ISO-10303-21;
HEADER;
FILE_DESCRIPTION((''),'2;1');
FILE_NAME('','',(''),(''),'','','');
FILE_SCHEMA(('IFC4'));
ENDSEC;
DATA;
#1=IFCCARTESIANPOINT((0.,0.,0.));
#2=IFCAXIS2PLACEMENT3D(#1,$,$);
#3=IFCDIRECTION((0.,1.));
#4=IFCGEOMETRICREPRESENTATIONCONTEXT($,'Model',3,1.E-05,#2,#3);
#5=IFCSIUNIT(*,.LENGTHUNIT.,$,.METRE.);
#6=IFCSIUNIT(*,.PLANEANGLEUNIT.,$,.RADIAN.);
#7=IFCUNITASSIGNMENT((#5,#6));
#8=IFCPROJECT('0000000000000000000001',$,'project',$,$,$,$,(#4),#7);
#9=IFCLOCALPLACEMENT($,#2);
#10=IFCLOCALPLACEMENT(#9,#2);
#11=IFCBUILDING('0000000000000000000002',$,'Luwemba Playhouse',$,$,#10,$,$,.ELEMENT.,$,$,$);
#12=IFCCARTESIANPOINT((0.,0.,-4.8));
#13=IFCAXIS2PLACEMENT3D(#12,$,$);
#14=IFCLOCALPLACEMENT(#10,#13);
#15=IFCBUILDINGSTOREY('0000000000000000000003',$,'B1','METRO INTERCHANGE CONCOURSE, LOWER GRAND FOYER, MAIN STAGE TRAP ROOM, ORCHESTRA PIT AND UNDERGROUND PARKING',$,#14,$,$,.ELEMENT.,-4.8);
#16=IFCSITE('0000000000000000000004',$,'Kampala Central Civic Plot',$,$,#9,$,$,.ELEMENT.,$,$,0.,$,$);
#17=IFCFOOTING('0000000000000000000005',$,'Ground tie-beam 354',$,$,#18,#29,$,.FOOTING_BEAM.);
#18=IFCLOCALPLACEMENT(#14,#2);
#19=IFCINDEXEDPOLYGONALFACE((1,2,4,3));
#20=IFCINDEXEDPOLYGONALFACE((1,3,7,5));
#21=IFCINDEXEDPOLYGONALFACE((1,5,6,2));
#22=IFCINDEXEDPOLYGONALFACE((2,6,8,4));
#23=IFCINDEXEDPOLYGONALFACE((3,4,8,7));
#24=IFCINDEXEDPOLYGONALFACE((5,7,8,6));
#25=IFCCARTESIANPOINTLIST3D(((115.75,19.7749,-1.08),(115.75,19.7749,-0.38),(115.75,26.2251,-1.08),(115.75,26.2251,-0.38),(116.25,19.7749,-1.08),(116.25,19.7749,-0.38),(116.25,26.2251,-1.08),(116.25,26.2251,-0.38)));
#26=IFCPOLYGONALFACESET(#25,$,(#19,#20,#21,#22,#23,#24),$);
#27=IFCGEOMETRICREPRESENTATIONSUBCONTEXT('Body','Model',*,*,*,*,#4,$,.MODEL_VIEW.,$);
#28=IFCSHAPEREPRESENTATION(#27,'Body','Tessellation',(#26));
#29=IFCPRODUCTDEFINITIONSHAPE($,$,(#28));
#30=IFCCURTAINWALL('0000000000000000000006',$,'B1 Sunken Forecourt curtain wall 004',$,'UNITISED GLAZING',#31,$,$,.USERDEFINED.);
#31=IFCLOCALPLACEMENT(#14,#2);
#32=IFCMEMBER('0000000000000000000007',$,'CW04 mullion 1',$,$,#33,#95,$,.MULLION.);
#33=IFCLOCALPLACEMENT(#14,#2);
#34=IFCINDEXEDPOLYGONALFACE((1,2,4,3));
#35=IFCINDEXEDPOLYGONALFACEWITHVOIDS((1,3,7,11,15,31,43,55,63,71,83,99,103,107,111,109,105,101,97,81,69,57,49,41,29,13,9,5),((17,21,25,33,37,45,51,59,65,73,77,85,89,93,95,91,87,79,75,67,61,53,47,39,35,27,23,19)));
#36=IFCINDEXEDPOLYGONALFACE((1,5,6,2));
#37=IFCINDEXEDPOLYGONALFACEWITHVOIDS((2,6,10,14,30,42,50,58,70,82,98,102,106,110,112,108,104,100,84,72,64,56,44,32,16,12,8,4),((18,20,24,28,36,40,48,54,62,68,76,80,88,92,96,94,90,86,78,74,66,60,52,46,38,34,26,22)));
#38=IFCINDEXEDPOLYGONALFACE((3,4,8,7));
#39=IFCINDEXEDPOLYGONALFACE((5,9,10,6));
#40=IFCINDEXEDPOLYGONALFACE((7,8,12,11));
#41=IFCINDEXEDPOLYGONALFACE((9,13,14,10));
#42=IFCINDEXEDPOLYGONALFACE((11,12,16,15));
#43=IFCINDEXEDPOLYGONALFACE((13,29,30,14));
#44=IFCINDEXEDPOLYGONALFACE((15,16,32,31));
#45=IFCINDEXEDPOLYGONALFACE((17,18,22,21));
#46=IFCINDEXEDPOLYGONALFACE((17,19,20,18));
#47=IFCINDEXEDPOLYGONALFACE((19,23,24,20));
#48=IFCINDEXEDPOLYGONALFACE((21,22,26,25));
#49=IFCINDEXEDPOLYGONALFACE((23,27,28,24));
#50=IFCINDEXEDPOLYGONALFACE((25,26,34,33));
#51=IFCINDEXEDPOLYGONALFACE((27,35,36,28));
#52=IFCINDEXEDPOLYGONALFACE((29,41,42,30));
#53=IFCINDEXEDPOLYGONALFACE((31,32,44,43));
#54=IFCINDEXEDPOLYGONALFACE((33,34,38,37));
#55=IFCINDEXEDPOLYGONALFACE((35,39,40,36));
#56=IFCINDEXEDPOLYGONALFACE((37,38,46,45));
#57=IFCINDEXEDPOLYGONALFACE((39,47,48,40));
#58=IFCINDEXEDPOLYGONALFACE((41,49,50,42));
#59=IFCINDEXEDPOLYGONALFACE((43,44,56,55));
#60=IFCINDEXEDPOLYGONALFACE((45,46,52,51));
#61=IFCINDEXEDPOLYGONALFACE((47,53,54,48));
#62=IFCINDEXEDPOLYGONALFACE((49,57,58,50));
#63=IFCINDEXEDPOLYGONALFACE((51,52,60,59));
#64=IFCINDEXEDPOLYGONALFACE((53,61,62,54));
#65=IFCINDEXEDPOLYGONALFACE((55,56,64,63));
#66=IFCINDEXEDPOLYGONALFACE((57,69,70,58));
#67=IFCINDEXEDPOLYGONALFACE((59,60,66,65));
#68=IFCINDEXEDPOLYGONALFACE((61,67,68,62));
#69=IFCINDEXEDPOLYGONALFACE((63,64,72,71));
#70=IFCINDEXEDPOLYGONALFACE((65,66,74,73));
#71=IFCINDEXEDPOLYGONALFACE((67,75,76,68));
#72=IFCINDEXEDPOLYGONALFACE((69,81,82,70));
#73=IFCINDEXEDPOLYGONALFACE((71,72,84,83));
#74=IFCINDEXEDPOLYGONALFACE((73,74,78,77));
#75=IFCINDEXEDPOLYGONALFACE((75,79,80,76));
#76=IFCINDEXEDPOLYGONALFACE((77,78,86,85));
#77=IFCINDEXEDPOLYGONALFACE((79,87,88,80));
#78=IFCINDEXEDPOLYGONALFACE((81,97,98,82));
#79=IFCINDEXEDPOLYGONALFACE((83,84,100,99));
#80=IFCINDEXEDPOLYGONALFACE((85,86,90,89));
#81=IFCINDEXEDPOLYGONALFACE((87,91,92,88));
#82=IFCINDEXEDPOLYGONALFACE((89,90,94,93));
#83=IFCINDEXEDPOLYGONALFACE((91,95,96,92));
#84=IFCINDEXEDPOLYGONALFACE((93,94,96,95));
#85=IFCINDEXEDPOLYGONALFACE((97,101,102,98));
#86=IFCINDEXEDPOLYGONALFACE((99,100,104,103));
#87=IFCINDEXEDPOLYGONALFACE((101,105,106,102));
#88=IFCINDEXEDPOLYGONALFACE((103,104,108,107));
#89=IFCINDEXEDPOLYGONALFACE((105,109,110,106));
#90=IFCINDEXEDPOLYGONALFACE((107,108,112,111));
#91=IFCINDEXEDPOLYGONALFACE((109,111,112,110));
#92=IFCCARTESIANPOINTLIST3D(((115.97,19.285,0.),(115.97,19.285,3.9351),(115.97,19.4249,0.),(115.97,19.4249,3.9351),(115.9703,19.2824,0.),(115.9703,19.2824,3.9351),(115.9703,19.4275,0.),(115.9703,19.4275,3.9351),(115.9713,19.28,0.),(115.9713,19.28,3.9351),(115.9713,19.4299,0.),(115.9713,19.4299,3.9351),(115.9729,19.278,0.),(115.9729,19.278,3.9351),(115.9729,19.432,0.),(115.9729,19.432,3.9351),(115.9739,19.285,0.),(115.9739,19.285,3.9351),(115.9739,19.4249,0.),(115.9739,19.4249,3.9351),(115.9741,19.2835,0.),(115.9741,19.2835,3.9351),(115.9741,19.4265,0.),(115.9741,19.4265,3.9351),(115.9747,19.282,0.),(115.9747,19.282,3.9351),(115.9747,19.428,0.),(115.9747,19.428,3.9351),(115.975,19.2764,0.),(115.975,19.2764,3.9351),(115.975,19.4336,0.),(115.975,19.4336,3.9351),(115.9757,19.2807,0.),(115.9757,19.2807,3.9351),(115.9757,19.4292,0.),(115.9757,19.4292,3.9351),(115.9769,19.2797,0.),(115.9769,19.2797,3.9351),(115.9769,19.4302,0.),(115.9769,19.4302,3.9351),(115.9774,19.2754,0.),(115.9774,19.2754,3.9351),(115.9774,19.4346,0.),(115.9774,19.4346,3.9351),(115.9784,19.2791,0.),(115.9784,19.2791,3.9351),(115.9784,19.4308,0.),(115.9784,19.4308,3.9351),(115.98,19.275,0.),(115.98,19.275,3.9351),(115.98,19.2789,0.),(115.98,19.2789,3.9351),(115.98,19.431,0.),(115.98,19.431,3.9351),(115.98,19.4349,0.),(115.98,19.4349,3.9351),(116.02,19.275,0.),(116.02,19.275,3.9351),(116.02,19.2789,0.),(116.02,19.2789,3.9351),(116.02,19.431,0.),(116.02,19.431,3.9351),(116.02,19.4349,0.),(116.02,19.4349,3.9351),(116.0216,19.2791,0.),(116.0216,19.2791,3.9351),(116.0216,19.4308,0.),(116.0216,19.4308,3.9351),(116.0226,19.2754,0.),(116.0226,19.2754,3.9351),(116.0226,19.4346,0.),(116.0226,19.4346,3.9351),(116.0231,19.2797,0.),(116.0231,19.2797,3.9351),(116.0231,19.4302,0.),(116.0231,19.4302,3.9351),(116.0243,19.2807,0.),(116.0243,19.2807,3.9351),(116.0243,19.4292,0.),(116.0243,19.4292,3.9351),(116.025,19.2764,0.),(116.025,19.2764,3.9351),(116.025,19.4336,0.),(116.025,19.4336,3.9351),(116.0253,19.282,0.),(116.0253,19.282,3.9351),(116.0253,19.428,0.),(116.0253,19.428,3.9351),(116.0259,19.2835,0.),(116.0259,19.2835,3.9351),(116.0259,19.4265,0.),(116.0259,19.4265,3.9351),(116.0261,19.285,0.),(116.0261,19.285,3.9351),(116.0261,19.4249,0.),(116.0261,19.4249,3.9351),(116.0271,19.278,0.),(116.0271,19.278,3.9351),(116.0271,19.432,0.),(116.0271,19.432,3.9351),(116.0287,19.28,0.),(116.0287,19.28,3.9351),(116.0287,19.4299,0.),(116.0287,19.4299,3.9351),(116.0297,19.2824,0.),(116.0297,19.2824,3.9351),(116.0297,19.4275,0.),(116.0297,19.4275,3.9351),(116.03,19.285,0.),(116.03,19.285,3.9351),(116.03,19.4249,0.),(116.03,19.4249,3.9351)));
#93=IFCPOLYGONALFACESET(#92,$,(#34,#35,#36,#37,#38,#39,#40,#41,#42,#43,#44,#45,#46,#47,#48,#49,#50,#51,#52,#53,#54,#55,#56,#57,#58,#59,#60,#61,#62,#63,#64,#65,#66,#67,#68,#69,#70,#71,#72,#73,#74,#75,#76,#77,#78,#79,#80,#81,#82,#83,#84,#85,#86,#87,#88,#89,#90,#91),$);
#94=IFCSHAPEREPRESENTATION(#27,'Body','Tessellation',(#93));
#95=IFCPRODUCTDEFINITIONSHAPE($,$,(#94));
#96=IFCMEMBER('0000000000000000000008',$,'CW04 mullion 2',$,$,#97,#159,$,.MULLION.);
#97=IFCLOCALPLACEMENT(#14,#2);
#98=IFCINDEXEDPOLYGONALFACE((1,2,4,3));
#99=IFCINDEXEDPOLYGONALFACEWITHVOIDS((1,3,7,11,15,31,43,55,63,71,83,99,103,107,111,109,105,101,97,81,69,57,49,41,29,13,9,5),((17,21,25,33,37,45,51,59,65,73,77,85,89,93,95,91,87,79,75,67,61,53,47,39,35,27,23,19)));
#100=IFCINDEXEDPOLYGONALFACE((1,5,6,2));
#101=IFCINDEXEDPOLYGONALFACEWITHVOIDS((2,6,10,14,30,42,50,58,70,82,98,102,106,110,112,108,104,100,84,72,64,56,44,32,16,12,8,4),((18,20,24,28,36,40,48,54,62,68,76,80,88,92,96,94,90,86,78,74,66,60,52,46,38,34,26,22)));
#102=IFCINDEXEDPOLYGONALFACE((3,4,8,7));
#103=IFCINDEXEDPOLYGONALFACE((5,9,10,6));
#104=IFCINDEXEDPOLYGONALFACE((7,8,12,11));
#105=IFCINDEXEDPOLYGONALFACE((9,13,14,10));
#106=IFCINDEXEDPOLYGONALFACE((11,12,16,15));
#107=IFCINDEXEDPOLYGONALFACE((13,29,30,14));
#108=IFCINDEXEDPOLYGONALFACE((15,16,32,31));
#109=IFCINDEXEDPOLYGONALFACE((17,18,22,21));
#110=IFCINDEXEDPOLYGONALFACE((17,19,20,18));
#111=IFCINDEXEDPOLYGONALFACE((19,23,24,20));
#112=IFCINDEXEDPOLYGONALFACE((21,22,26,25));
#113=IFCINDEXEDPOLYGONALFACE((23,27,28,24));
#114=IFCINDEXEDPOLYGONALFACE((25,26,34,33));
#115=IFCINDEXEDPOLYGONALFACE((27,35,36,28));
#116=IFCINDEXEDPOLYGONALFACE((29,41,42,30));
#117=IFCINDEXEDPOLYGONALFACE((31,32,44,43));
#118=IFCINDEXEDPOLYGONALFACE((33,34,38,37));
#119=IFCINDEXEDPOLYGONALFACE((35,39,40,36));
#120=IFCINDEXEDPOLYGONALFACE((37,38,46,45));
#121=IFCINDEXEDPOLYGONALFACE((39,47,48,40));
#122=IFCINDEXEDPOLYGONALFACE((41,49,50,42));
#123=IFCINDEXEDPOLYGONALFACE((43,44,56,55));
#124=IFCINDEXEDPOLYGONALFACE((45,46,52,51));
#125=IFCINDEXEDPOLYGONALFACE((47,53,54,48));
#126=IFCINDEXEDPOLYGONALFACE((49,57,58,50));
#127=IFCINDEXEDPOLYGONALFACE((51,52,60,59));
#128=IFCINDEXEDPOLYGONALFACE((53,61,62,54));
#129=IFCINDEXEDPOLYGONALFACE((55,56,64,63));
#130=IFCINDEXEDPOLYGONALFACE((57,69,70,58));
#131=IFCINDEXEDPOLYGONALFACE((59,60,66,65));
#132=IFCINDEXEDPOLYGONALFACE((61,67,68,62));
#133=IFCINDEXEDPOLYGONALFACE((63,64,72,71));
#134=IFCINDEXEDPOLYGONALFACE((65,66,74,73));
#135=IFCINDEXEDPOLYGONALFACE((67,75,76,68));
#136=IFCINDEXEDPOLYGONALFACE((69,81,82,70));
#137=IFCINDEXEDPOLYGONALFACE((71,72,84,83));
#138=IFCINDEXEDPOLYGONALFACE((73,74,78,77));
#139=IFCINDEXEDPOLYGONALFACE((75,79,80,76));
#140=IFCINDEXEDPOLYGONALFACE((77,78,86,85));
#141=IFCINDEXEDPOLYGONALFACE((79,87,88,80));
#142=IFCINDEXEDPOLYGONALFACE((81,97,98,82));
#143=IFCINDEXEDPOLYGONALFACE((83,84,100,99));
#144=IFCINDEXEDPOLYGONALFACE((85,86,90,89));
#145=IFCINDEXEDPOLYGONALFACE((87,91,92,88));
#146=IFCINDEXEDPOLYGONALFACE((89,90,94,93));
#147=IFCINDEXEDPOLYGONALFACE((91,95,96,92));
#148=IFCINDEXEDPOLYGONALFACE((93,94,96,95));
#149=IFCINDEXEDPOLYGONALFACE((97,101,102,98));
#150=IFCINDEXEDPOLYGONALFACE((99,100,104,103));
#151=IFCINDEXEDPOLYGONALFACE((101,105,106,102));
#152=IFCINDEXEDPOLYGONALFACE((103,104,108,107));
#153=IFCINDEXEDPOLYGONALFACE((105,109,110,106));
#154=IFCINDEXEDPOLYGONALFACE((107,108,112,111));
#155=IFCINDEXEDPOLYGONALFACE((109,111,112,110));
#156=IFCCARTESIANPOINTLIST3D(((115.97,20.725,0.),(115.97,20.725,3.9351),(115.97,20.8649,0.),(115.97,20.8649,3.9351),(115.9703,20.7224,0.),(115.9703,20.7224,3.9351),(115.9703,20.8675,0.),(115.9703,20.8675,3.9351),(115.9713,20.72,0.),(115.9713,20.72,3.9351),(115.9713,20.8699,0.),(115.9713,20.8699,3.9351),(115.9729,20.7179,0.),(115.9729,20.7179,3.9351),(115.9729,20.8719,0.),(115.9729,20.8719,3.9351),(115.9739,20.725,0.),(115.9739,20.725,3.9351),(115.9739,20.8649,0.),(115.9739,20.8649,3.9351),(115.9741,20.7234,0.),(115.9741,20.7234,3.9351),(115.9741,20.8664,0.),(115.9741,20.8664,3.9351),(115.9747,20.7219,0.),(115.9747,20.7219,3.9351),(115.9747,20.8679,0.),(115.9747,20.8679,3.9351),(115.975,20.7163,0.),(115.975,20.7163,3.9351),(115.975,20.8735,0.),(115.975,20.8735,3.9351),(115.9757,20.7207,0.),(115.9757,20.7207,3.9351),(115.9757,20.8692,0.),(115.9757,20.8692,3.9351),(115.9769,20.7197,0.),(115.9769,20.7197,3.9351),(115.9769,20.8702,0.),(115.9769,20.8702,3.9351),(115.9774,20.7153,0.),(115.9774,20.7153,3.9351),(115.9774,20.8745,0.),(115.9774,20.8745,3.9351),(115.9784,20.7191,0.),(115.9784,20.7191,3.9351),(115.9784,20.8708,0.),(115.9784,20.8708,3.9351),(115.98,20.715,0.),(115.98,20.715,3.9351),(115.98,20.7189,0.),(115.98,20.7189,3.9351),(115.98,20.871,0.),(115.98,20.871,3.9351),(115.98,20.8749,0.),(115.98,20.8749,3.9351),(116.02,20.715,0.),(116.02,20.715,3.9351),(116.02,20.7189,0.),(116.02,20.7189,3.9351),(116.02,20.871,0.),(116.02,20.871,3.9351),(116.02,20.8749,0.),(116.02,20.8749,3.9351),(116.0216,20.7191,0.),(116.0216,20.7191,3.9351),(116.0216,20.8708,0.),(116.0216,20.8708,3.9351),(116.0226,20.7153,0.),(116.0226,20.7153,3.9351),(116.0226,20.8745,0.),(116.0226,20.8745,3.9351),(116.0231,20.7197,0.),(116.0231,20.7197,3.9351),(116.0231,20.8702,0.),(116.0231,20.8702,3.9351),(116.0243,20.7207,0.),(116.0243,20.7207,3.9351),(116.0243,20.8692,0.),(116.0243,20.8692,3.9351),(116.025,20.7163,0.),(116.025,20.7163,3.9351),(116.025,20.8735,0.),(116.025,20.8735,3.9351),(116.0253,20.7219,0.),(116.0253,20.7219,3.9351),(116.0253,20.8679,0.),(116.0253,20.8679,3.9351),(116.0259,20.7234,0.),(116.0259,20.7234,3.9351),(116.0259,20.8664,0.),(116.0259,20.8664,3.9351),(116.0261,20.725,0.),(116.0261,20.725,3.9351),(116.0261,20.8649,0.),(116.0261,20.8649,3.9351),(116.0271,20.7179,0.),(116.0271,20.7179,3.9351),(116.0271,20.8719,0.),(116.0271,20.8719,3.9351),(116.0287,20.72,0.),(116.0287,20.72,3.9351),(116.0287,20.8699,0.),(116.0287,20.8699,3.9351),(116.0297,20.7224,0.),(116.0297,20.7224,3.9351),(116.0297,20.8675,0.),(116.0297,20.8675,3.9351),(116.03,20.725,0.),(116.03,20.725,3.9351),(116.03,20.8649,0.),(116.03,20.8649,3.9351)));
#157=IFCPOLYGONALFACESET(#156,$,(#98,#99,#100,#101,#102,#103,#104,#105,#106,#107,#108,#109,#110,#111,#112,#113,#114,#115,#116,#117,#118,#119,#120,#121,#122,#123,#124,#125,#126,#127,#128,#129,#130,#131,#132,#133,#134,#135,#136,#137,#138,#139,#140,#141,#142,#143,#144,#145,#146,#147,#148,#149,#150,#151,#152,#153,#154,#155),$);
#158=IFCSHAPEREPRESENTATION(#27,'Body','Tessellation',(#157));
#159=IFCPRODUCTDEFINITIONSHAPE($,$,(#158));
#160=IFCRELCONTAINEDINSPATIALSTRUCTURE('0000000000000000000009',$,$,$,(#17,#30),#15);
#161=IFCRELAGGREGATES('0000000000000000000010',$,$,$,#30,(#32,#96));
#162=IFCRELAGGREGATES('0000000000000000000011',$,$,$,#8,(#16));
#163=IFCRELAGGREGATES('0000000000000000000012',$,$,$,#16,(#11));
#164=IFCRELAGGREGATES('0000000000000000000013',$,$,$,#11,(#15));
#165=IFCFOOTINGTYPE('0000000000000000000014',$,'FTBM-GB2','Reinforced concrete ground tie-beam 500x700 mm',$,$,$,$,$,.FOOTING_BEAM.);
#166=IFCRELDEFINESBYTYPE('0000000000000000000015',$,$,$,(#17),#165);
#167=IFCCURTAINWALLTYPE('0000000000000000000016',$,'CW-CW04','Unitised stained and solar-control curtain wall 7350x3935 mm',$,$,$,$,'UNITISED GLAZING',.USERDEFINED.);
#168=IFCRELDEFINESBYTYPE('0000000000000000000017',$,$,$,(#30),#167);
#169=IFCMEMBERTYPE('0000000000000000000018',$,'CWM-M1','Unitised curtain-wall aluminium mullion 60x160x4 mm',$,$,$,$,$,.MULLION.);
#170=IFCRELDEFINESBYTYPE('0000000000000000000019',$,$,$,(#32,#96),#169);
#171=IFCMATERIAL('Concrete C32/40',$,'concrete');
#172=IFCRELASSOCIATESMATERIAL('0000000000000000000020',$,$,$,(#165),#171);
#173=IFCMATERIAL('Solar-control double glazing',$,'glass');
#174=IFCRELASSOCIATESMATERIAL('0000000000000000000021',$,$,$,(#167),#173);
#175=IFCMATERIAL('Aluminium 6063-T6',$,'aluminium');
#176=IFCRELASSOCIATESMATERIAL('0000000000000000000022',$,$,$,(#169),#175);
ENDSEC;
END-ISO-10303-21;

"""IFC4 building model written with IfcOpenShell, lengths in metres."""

from ifc_helpers import new_model, si_unit, direction, frame, origin, origin_2d, place, context, subcontext, project, spatial, rectangle, hollow_rectangle, extrude, material, material_profile, profile_set, type_object, element, aggregate, save


model = new_model("IFC4")

# Units and contexts
model_context = context("Model", 3, precision=1e-05, world=origin(), true_north=direction((0.0, 1.0)))
body_context = subcontext(model_context, "Body", "Model", "MODEL_VIEW")
ifc_project = project(units=[si_unit("LENGTHUNIT", "METRE"), si_unit("PLANEANGLEUNIT", "RADIAN")], contexts=[model_context])

# Site, building, storey
site_placement = place(None, origin())
site = spatial("IfcSite", under=ifc_project, at=site_placement, Name="Kampala Central Civic Plot", CompositionType="ELEMENT", RefElevation=0.0)
building_placement = place(site_placement, origin())
building = spatial("IfcBuilding", under=site, at=building_placement, Name="Luwemba Playhouse", CompositionType="ELEMENT")
storey_placement = place(building_placement, frame((0.0, 0.0, -4.8)))
storey = spatial("IfcBuildingStorey", under=building, at=storey_placement, Name="B1", Description="METRO INTERCHANGE CONCOURSE, LOWER GRAND FOYER, MAIN STAGE TRAP ROOM, ORCHESTRA PIT AND UNDERGROUND PARKING", CompositionType="ELEMENT", Elevation=-4.8)

# Footing
ifc_material_1 = material(Name="Concrete C32/40", Category="concrete")
ifc_material_profile_1 = material_profile(ifc_material_1, rectangle(XDim=0.5, YDim=0.7, at=origin_2d()))
ifc_profile_set_1 = profile_set([ifc_material_profile_1], Name="Concrete C32/40")
footing_type = type_object("IfcFootingType", Name="FTBM-GB2", Description="Reinforced concrete ground tie-beam 500x700 mm", PredefinedType="FOOTING_BEAM", material=ifc_profile_set_1)
footing_placement = place(storey_placement, frame((116.0, 19.7749, -0.73), z_axis=(0.0, 1.0, 0.0), x_axis=(-1.0, 0.0, 0.0)))
element("IfcFooting", 1, at=footing_placement, inside=storey, type_object=footing_type, Name="Ground tie-beam 354", PredefinedType="FOOTING_BEAM", context=body_context, shape_type="SweptSolid", body=[
    extrude(rectangle(XDim=0.5, YDim=0.7, at=origin_2d()), origin(), (0.0, 0.0, 1.0), 6.4502),
])

# Curtain wall, members
ifc_material_2 = material(Name="Solar-control double glazing", Category="glass")
curtain_wall_type = type_object("IfcCurtainWallType", Name="CW-CW04", Description="Unitised stained and solar-control curtain wall 7350x3935 mm", ElementType="UNITISED GLAZING", PredefinedType="USERDEFINED", material=ifc_material_2)
curtain_wall_placement = place(storey_placement, origin())
curtain_wall = element("IfcCurtainWall", 2, at=curtain_wall_placement, inside=storey, type_object=curtain_wall_type, Name="B1 Sunken Forecourt curtain wall 004", ObjectType="UNITISED GLAZING", PredefinedType="USERDEFINED")
ifc_material_3 = material(Name="Aluminium 6063-T6", Category="aluminium")
ifc_material_profile_2 = material_profile(ifc_material_3, hollow_rectangle(XDim=0.0601, YDim=0.1599, WallThickness=0.0039, InnerFilletRadius=0.0061, OuterFilletRadius=0.01, at=origin_2d()))
ifc_profile_set_2 = profile_set([ifc_material_profile_2], Name="Aluminium 6063-T6")
member_type_1 = type_object("IfcMemberType", Name="CWM-M1", Description="Unitised curtain-wall aluminium mullion 60x160x4 mm", PredefinedType="MULLION", material=ifc_profile_set_2)
member_1_placement = place(storey_placement, frame((116.0, 19.355, 0.0), z_axis=(0.0, 0.0, 1.0), x_axis=(-1.0, 0.0, 0.0)))
member_1 = element("IfcMember", 3, at=member_1_placement, type_object=member_type_1, Name="CW04 mullion 1", PredefinedType="MULLION", context=body_context, shape_type="SweptSolid", body=[
    extrude(hollow_rectangle(XDim=0.0601, YDim=0.1599, WallThickness=0.0039, InnerFilletRadius=0.0061, OuterFilletRadius=0.01, at=origin_2d()), origin(), (0.0, 0.0, 1.0), 3.9351),
])
member_2_placement = place(storey_placement, frame((116.0, 20.7949, 0.0), z_axis=(0.0, 0.0, 1.0), x_axis=(-1.0, 0.0, 0.0)))
member_2 = element("IfcMember", 4, at=member_2_placement, type_object=member_type_1, Name="CW04 mullion 2", PredefinedType="MULLION", context=body_context, shape_type="SweptSolid", body=[
    extrude(hollow_rectangle(XDim=0.0601, YDim=0.1599, WallThickness=0.0039, InnerFilletRadius=0.0061, OuterFilletRadius=0.01, at=origin_2d()), origin(), (0.0, 0.0, 1.0), 3.9351),
])
aggregate(curtain_wall, [member_1, member_2])

save(model, "model.ifc")
